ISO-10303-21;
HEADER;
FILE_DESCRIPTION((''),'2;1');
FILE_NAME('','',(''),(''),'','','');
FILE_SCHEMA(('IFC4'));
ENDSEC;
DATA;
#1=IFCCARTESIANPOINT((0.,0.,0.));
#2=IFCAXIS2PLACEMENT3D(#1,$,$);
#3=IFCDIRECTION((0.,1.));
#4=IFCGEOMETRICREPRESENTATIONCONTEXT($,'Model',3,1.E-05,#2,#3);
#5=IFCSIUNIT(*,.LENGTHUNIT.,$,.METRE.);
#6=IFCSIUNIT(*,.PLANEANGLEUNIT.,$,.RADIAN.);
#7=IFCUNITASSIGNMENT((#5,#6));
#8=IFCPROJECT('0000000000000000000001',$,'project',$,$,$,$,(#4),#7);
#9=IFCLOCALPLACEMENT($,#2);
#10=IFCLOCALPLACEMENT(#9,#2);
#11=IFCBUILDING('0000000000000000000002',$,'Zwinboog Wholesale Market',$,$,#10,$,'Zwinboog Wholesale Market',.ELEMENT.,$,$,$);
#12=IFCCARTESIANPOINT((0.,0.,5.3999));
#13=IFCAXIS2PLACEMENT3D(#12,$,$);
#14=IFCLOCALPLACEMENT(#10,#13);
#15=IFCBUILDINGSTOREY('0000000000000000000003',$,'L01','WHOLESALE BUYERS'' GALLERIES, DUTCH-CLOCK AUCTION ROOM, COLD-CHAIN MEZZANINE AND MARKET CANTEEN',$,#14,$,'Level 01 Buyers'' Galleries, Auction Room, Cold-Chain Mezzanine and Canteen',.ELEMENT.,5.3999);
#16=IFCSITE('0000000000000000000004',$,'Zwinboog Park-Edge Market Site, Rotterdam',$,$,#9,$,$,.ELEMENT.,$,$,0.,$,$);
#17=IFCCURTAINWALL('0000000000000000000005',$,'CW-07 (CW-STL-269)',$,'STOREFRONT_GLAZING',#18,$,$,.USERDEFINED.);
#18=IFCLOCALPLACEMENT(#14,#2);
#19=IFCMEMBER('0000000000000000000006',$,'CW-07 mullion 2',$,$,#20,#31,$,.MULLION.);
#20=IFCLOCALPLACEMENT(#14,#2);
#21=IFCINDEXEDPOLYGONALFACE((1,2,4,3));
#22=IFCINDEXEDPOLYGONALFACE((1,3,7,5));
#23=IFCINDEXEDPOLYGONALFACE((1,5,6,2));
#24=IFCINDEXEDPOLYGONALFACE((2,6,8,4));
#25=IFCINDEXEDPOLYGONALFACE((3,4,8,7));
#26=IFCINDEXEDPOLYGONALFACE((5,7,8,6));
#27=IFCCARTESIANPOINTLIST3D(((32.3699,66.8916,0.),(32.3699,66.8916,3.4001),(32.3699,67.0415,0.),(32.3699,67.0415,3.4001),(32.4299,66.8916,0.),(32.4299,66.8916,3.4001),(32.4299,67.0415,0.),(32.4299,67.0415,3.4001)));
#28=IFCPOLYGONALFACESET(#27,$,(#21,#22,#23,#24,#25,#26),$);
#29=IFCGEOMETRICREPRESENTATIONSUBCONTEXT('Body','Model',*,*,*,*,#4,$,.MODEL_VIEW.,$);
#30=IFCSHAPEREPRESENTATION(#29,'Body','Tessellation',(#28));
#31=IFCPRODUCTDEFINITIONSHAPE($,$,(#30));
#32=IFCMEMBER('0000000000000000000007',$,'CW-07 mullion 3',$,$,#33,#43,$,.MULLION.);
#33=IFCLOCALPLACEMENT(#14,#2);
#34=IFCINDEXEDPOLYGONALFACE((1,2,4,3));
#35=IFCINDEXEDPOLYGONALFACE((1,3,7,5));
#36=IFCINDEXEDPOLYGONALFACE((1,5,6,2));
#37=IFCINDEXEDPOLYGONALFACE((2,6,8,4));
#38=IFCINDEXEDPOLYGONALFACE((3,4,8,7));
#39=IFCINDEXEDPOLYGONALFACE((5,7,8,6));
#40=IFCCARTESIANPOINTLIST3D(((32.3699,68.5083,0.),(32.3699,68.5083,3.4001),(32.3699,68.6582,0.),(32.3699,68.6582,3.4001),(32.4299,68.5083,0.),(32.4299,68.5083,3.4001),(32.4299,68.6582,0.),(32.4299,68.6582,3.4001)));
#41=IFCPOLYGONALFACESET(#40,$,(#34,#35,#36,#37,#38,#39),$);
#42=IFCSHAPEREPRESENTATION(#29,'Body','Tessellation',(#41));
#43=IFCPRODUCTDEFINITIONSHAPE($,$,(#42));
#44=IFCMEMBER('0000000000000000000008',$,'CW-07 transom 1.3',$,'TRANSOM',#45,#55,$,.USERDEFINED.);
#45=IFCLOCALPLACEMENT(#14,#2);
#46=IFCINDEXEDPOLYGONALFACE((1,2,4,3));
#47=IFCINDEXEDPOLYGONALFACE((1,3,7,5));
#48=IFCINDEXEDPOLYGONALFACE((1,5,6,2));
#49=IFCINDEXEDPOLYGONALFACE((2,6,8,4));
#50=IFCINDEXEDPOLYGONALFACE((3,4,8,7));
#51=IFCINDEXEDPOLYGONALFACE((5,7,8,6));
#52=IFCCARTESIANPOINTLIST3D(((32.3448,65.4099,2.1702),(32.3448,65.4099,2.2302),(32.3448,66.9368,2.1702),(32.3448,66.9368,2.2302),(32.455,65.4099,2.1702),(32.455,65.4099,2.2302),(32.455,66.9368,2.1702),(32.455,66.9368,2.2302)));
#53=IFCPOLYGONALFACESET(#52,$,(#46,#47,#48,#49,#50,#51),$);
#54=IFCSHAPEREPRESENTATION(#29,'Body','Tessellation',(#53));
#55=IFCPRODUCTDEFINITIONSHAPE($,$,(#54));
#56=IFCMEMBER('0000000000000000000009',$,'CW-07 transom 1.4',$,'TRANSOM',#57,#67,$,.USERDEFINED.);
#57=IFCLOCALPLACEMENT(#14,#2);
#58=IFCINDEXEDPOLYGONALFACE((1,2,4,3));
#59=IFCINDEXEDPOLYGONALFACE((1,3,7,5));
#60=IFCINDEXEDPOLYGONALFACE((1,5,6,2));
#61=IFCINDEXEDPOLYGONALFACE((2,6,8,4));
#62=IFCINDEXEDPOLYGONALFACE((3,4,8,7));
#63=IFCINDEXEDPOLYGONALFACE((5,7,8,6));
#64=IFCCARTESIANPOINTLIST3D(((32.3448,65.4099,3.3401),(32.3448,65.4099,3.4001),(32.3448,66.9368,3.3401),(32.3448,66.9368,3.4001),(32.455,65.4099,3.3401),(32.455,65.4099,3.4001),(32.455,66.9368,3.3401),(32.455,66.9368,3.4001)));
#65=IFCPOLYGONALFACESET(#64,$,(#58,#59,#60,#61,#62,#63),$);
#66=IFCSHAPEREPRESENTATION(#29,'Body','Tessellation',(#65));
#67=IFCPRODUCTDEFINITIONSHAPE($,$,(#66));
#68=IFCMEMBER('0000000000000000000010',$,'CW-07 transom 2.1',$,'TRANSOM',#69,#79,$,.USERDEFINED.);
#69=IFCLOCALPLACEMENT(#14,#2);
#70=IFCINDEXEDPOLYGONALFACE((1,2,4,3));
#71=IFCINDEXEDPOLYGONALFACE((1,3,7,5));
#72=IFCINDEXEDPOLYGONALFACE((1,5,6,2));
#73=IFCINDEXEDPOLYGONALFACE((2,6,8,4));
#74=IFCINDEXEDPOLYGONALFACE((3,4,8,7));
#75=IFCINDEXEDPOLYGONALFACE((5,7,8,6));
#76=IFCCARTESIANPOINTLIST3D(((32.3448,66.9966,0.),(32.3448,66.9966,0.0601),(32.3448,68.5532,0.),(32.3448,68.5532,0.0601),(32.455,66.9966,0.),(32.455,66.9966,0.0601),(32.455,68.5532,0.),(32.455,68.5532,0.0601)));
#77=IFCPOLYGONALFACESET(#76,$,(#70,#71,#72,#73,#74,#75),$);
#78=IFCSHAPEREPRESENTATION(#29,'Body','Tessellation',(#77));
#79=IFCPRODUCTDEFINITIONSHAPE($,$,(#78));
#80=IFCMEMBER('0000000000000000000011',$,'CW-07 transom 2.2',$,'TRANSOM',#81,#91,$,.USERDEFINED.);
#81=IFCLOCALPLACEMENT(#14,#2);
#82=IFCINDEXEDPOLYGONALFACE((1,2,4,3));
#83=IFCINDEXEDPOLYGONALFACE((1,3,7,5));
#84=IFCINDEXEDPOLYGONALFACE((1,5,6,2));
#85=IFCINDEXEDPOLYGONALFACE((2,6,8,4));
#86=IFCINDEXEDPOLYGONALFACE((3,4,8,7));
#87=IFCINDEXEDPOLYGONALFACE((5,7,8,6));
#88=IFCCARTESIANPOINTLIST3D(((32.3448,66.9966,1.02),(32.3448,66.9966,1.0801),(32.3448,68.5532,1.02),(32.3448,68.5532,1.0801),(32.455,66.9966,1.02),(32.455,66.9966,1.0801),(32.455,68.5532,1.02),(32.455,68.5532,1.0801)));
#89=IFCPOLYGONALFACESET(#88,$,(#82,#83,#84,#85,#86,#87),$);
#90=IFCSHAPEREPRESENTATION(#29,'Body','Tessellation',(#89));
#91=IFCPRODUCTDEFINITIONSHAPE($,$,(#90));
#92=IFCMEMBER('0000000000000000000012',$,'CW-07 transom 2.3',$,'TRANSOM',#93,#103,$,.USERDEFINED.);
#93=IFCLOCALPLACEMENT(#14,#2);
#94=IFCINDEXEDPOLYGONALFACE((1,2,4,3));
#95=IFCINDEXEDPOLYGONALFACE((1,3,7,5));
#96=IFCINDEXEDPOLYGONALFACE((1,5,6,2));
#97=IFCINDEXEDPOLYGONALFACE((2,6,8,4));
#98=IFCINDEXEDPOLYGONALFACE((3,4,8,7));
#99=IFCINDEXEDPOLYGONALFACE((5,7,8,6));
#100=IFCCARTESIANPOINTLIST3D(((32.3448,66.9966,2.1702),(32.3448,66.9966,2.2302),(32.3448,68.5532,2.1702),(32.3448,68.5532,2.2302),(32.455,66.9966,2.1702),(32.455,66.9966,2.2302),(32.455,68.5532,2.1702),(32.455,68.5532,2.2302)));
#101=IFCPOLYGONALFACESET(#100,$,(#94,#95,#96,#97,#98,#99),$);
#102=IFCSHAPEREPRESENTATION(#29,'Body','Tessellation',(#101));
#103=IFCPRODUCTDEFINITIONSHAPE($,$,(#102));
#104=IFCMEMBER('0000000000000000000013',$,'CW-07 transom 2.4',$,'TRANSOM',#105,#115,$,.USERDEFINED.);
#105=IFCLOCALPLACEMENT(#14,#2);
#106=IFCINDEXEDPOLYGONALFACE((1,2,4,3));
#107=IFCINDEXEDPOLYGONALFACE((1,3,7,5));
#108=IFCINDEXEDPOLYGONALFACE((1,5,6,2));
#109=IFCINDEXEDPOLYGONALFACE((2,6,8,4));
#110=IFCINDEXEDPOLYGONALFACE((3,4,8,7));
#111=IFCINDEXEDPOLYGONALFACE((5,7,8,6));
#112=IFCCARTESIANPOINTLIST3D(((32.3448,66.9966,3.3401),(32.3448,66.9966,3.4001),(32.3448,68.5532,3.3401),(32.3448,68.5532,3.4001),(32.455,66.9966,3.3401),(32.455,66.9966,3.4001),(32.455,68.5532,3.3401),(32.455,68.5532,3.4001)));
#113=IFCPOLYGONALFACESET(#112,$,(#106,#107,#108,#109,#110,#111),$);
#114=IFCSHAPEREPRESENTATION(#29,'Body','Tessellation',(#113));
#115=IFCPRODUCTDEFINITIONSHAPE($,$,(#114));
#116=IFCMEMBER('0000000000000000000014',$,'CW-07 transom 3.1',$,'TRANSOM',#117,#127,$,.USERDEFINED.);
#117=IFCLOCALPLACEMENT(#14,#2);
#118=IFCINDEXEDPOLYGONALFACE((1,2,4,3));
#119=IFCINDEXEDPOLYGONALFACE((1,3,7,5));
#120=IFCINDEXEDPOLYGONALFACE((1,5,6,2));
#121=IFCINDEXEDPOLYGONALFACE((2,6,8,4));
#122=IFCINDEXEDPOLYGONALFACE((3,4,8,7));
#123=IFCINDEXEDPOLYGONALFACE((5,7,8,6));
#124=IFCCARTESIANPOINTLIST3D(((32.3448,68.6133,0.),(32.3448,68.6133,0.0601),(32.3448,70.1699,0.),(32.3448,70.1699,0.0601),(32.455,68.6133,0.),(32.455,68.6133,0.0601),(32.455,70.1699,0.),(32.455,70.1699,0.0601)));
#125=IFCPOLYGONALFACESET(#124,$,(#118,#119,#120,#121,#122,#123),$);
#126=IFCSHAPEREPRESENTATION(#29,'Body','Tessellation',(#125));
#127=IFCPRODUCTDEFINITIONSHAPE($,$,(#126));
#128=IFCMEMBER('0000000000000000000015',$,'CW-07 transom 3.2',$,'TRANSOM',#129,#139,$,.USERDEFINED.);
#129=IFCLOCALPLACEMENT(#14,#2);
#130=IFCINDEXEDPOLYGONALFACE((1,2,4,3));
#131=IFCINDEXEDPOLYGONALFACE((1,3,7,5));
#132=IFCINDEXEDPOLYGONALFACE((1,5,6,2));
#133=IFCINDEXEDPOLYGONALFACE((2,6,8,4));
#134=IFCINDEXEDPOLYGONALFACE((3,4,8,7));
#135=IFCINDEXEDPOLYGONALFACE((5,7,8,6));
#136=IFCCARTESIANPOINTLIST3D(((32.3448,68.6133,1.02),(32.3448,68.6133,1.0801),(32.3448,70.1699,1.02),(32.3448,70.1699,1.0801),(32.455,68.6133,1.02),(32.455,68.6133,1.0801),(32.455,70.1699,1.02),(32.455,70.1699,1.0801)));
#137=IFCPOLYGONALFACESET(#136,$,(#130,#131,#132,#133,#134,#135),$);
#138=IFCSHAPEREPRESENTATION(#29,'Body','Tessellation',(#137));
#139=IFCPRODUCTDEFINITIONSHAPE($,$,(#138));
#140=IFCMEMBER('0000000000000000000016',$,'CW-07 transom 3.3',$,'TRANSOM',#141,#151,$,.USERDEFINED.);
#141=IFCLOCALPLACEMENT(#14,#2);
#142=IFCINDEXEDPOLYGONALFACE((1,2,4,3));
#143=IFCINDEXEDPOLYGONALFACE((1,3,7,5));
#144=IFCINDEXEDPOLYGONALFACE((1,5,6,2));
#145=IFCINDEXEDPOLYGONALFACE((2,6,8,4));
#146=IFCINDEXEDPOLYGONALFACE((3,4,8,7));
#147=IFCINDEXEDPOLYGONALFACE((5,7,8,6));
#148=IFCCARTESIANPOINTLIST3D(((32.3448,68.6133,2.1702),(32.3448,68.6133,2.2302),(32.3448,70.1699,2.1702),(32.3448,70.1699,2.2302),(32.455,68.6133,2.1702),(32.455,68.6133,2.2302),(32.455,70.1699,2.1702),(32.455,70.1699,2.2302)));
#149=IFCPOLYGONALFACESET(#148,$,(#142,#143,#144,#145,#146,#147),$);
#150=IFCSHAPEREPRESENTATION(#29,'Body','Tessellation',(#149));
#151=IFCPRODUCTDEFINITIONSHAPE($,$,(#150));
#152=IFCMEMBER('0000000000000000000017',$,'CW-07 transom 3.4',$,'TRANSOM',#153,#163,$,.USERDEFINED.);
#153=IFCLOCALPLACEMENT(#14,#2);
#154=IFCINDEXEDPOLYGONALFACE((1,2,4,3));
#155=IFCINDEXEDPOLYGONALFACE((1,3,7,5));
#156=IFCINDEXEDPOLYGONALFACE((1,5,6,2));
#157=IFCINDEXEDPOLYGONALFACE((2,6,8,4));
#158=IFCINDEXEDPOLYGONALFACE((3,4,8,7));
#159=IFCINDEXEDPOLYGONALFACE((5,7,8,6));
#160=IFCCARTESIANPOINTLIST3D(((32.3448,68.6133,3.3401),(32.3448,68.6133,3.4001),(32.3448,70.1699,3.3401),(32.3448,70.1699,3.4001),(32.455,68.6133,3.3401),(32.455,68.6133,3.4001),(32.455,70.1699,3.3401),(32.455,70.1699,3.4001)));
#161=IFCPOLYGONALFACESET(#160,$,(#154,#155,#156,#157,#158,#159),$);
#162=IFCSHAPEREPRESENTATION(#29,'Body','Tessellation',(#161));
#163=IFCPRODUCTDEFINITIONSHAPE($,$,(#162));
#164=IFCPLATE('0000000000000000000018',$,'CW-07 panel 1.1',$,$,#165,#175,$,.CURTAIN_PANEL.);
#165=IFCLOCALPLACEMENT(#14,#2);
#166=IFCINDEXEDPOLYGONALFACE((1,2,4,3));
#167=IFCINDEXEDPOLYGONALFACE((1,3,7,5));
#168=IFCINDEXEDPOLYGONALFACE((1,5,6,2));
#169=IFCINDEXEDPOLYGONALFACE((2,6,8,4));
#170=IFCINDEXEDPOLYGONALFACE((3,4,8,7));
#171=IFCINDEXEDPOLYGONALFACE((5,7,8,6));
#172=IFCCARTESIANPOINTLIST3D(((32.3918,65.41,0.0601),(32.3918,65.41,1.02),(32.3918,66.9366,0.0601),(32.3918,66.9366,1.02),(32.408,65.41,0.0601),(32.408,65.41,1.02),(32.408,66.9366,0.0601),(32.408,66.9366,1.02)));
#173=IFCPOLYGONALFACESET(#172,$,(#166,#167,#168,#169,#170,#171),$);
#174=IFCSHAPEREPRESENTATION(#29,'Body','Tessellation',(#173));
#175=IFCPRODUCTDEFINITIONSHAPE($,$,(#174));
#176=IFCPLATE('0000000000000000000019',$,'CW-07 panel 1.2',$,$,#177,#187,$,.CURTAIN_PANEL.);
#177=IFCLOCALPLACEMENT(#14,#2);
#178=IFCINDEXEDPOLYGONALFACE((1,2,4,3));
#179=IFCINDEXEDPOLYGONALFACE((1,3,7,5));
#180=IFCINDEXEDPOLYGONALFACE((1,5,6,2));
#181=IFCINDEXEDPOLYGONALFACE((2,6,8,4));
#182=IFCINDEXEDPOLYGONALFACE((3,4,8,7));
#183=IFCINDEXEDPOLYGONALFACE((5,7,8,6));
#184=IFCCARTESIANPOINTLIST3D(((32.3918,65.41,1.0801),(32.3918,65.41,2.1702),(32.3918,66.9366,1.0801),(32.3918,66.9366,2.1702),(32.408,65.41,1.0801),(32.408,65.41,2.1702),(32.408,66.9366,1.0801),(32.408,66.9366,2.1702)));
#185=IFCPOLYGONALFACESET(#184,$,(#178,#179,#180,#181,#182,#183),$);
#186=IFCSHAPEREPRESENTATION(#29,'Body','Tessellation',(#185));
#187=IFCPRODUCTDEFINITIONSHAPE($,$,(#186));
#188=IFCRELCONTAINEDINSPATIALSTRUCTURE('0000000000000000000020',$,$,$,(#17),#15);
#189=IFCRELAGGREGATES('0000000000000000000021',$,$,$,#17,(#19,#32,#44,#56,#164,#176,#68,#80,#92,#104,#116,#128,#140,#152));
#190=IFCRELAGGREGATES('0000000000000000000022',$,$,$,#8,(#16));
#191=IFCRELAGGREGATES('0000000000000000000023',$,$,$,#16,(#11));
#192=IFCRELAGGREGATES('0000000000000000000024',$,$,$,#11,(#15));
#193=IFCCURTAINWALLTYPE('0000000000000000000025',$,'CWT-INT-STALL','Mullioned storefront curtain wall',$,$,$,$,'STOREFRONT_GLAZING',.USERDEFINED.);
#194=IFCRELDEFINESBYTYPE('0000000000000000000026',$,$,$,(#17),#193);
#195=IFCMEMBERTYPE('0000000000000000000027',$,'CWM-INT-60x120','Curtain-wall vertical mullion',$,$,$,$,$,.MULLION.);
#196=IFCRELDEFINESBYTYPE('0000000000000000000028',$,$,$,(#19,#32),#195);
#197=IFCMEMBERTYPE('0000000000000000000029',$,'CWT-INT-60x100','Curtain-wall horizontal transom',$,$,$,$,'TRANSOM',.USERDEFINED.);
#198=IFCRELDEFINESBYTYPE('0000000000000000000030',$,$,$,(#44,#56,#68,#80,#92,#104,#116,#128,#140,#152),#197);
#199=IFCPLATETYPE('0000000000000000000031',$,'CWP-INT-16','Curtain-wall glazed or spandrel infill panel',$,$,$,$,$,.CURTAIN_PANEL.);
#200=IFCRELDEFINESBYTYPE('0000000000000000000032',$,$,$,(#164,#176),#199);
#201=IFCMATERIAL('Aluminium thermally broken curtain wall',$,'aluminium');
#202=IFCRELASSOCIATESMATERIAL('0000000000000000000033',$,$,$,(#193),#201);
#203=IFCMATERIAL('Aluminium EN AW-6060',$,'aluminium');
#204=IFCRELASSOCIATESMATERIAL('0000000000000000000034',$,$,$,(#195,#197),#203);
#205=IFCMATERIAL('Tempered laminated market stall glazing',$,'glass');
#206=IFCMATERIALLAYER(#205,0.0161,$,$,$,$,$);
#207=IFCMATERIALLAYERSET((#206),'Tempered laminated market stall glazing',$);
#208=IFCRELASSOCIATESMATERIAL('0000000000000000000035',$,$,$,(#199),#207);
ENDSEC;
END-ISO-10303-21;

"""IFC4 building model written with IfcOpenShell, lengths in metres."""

from ifc_helpers import new_model, si_unit, direction, frame, origin, origin_2d, place, context, subcontext, project, spatial, rectangle, extrude, material, layer, layer_set, material_profile, profile_set, type_object, element, aggregate, save


model = new_model("IFC4")

# Units and contexts
model_context = context("Model", 3, precision=1e-05, world=origin(), true_north=direction((0.0, 1.0)))
body_context = subcontext(model_context, "Body", "Model", "MODEL_VIEW")
ifc_project = project(units=[si_unit("LENGTHUNIT", "METRE"), si_unit("PLANEANGLEUNIT", "RADIAN")], contexts=[model_context])

# Site, building, storey
site_placement = place(None, origin())
site = spatial("IfcSite", under=ifc_project, at=site_placement, Name="Zwinboog Park-Edge Market Site, Rotterdam", CompositionType="ELEMENT", RefElevation=0.0)
building_placement = place(site_placement, origin())
building = spatial("IfcBuilding", under=site, at=building_placement, Name="Zwinboog Wholesale Market", LongName="Zwinboog Wholesale Market", CompositionType="ELEMENT")
storey_placement = place(building_placement, frame((0.0, 0.0, 5.3999)))
storey = spatial("IfcBuildingStorey", under=building, at=storey_placement, Name="L01", Description="WHOLESALE BUYERS' GALLERIES, DUTCH-CLOCK AUCTION ROOM, COLD-CHAIN MEZZANINE AND MARKET CANTEEN", LongName="Level 01 Buyers' Galleries, Auction Room, Cold-Chain Mezzanine and Canteen", CompositionType="ELEMENT", Elevation=5.3999)

# Curtain wall, members, plates
ifc_material_1 = material(Name="Aluminium thermally broken curtain wall", Category="aluminium")
curtain_wall_type = type_object("IfcCurtainWallType", Name="CWT-INT-STALL", Description="Mullioned storefront curtain wall", ElementType="STOREFRONT_GLAZING", PredefinedType="USERDEFINED", material=ifc_material_1)
curtain_wall_placement = place(storey_placement, origin())
curtain_wall = element("IfcCurtainWall", 1, at=curtain_wall_placement, inside=storey, type_object=curtain_wall_type, Name="CW-07 (CW-STL-269)", ObjectType="STOREFRONT_GLAZING", PredefinedType="USERDEFINED")
ifc_material_2 = material(Name="Aluminium EN AW-6060", Category="aluminium")
ifc_material_profile_1 = material_profile(ifc_material_2, rectangle(XDim=0.0601, YDim=0.1499, at=origin_2d()), Name="AL 60x150")
ifc_profile_set_1 = profile_set([ifc_material_profile_1], Name="Aluminium EN AW-6060")
member_type_1 = type_object("IfcMemberType", Name="CWM-INT-60x120", Description="Curtain-wall vertical mullion", PredefinedType="MULLION", material=ifc_profile_set_1)
member_1_placement = place(storey_placement, frame((32.3999, 66.9666, 0.0), z_axis=(0.0, 0.0, 1.0), x_axis=(-1.0, 0.0, 0.0)))
member_1 = element("IfcMember", 2, at=member_1_placement, type_object=member_type_1, Name="CW-07 mullion 2", PredefinedType="MULLION", context=body_context, shape_type="SweptSolid", body=[
    extrude(rectangle(XDim=0.0601, YDim=0.1499, at=origin_2d()), origin(), (0.0, 0.0, 1.0), 3.4001),
])
member_2_placement = place(storey_placement, frame((32.3999, 68.5833, 0.0), z_axis=(0.0, 0.0, 1.0), x_axis=(-1.0, 0.0, 0.0)))
member_2 = element("IfcMember", 3, at=member_2_placement, type_object=member_type_1, Name="CW-07 mullion 3", PredefinedType="MULLION", context=body_context, shape_type="SweptSolid", body=[
    extrude(rectangle(XDim=0.0601, YDim=0.1499, at=origin_2d()), origin(), (0.0, 0.0, 1.0), 3.4001),
])
ifc_material_profile_2 = material_profile(ifc_material_2, rectangle(XDim=0.1101, YDim=0.0601, at=origin_2d()), Name="AL 60x110")
ifc_profile_set_2 = profile_set([ifc_material_profile_2], Name="Aluminium EN AW-6060")
member_type_2 = type_object("IfcMemberType", Name="CWT-INT-60x100", Description="Curtain-wall horizontal transom", ElementType="TRANSOM", PredefinedType="USERDEFINED", material=ifc_profile_set_2)
member_3_placement = place(storey_placement, frame((32.3999, 65.4099, 2.2002), z_axis=(0.0, 1.0, 0.0), x_axis=(-1.0, 0.0, 0.0)))
member_3 = element("IfcMember", 4, at=member_3_placement, type_object=member_type_2, Name="CW-07 transom 1.3", ObjectType="TRANSOM", PredefinedType="USERDEFINED", context=body_context, shape_type="SweptSolid", body=[
    extrude(rectangle(XDim=0.1101, YDim=0.0601, at=origin_2d()), origin(), (0.0, 0.0, 1.0), 1.5269),
])
member_4_placement = place(storey_placement, frame((32.3999, 65.4099, 3.3701), z_axis=(0.0, 1.0, 0.0), x_axis=(-1.0, 0.0, 0.0)))
member_4 = element("IfcMember", 5, at=member_4_placement, type_object=member_type_2, Name="CW-07 transom 1.4", ObjectType="TRANSOM", PredefinedType="USERDEFINED", context=body_context, shape_type="SweptSolid", body=[
    extrude(rectangle(XDim=0.1101, YDim=0.0601, at=origin_2d()), origin(), (0.0, 0.0, 1.0), 1.5269),
])
member_5_placement = place(storey_placement, frame((32.3999, 66.9966, 0.03), z_axis=(0.0, 1.0, 0.0), x_axis=(-1.0, 0.0, 0.0)))
member_5 = element("IfcMember", 6, at=member_5_placement, type_object=member_type_2, Name="CW-07 transom 2.1", ObjectType="TRANSOM", PredefinedType="USERDEFINED", context=body_context, shape_type="SweptSolid", body=[
    extrude(rectangle(XDim=0.1101, YDim=0.0601, at=origin_2d()), origin(), (0.0, 0.0, 1.0), 1.5566),
])
member_6_placement = place(storey_placement, frame((32.3999, 66.9966, 1.05), z_axis=(0.0, 1.0, 0.0), x_axis=(-1.0, 0.0, 0.0)))
member_6 = element("IfcMember", 7, at=member_6_placement, type_object=member_type_2, Name="CW-07 transom 2.2", ObjectType="TRANSOM", PredefinedType="USERDEFINED", context=body_context, shape_type="SweptSolid", body=[
    extrude(rectangle(XDim=0.1101, YDim=0.0601, at=origin_2d()), origin(), (0.0, 0.0, 1.0), 1.5566),
])
member_7_placement = place(storey_placement, frame((32.3999, 66.9966, 2.2002), z_axis=(0.0, 1.0, 0.0), x_axis=(-1.0, 0.0, 0.0)))
member_7 = element("IfcMember", 8, at=member_7_placement, type_object=member_type_2, Name="CW-07 transom 2.3", ObjectType="TRANSOM", PredefinedType="USERDEFINED", context=body_context, shape_type="SweptSolid", body=[
    extrude(rectangle(XDim=0.1101, YDim=0.0601, at=origin_2d()), origin(), (0.0, 0.0, 1.0), 1.5566),
])
member_8_placement = place(storey_placement, frame((32.3999, 66.9966, 3.3701), z_axis=(0.0, 1.0, 0.0), x_axis=(-1.0, 0.0, 0.0)))
member_8 = element("IfcMember", 9, at=member_8_placement, type_object=member_type_2, Name="CW-07 transom 2.4", ObjectType="TRANSOM", PredefinedType="USERDEFINED", context=body_context, shape_type="SweptSolid", body=[
    extrude(rectangle(XDim=0.1101, YDim=0.0601, at=origin_2d()), origin(), (0.0, 0.0, 1.0), 1.5566),
])
member_9_placement = place(storey_placement, frame((32.3999, 68.6133, 0.03), z_axis=(0.0, 1.0, 0.0), x_axis=(-1.0, 0.0, 0.0)))
member_9 = element("IfcMember", 10, at=member_9_placement, type_object=member_type_2, Name="CW-07 transom 3.1", ObjectType="TRANSOM", PredefinedType="USERDEFINED", context=body_context, shape_type="SweptSolid", body=[
    extrude(rectangle(XDim=0.1101, YDim=0.0601, at=origin_2d()), origin(), (0.0, 0.0, 1.0), 1.5566),
])
member_10_placement = place(storey_placement, frame((32.3999, 68.6133, 1.05), z_axis=(0.0, 1.0, 0.0), x_axis=(-1.0, 0.0, 0.0)))
member_10 = element("IfcMember", 11, at=member_10_placement, type_object=member_type_2, Name="CW-07 transom 3.2", ObjectType="TRANSOM", PredefinedType="USERDEFINED", context=body_context, shape_type="SweptSolid", body=[
    extrude(rectangle(XDim=0.1101, YDim=0.0601, at=origin_2d()), origin(), (0.0, 0.0, 1.0), 1.5566),
])
member_11_placement = place(storey_placement, frame((32.3999, 68.6133, 2.2002), z_axis=(0.0, 1.0, 0.0), x_axis=(-1.0, 0.0, 0.0)))
member_11 = element("IfcMember", 12, at=member_11_placement, type_object=member_type_2, Name="CW-07 transom 3.3", ObjectType="TRANSOM", PredefinedType="USERDEFINED", context=body_context, shape_type="SweptSolid", body=[
    extrude(rectangle(XDim=0.1101, YDim=0.0601, at=origin_2d()), origin(), (0.0, 0.0, 1.0), 1.5566),
])
member_12_placement = place(storey_placement, frame((32.3999, 68.6133, 3.3701), z_axis=(0.0, 1.0, 0.0), x_axis=(-1.0, 0.0, 0.0)))
member_12 = element("IfcMember", 13, at=member_12_placement, type_object=member_type_2, Name="CW-07 transom 3.4", ObjectType="TRANSOM", PredefinedType="USERDEFINED", context=body_context, shape_type="SweptSolid", body=[
    extrude(rectangle(XDim=0.1101, YDim=0.0601, at=origin_2d()), origin(), (0.0, 0.0, 1.0), 1.5566),
])
ifc_material_3 = material(Name="Tempered laminated market stall glazing", Category="glass")
ifc_layer = layer(ifc_material_3, 0.0161)
ifc_layer_set = layer_set([ifc_layer], Name="Tempered laminated market stall glazing")
plate_type = type_object("IfcPlateType", Name="CWP-INT-16", Description="Curtain-wall glazed or spandrel infill panel", PredefinedType="CURTAIN_PANEL", material=ifc_layer_set)
plate_1_placement = place(storey_placement, frame((32.3999, 66.1733, 0.0601), z_axis=(0.0, 0.0, 1.0), x_axis=(0.0, 1.0, 0.0)))
plate_1 = element("IfcPlate", 14, at=plate_1_placement, type_object=plate_type, Name="CW-07 panel 1.1", PredefinedType="CURTAIN_PANEL", context=body_context, shape_type="SweptSolid", body=[
    extrude(rectangle(XDim=1.5266, YDim=0.0161, at=origin_2d()), origin(), (0.0, 0.0, 1.0), 0.96),
])
plate_2_placement = place(storey_placement, frame((32.3999, 66.1733, 1.0801), z_axis=(0.0, 0.0, 1.0), x_axis=(0.0, 1.0, 0.0)))
plate_2 = element("IfcPlate", 15, at=plate_2_placement, type_object=plate_type, Name="CW-07 panel 1.2", PredefinedType="CURTAIN_PANEL", context=body_context, shape_type="SweptSolid", body=[
    extrude(rectangle(XDim=1.5266, YDim=0.0161, at=origin_2d()), origin(), (0.0, 0.0, 1.0), 1.0901),
])
aggregate(curtain_wall, [member_1, member_2, member_3, member_4, plate_1, plate_2, member_5, member_6, member_7, member_8, member_9, member_10, member_11, member_12])

save(model, "model.ifc")
